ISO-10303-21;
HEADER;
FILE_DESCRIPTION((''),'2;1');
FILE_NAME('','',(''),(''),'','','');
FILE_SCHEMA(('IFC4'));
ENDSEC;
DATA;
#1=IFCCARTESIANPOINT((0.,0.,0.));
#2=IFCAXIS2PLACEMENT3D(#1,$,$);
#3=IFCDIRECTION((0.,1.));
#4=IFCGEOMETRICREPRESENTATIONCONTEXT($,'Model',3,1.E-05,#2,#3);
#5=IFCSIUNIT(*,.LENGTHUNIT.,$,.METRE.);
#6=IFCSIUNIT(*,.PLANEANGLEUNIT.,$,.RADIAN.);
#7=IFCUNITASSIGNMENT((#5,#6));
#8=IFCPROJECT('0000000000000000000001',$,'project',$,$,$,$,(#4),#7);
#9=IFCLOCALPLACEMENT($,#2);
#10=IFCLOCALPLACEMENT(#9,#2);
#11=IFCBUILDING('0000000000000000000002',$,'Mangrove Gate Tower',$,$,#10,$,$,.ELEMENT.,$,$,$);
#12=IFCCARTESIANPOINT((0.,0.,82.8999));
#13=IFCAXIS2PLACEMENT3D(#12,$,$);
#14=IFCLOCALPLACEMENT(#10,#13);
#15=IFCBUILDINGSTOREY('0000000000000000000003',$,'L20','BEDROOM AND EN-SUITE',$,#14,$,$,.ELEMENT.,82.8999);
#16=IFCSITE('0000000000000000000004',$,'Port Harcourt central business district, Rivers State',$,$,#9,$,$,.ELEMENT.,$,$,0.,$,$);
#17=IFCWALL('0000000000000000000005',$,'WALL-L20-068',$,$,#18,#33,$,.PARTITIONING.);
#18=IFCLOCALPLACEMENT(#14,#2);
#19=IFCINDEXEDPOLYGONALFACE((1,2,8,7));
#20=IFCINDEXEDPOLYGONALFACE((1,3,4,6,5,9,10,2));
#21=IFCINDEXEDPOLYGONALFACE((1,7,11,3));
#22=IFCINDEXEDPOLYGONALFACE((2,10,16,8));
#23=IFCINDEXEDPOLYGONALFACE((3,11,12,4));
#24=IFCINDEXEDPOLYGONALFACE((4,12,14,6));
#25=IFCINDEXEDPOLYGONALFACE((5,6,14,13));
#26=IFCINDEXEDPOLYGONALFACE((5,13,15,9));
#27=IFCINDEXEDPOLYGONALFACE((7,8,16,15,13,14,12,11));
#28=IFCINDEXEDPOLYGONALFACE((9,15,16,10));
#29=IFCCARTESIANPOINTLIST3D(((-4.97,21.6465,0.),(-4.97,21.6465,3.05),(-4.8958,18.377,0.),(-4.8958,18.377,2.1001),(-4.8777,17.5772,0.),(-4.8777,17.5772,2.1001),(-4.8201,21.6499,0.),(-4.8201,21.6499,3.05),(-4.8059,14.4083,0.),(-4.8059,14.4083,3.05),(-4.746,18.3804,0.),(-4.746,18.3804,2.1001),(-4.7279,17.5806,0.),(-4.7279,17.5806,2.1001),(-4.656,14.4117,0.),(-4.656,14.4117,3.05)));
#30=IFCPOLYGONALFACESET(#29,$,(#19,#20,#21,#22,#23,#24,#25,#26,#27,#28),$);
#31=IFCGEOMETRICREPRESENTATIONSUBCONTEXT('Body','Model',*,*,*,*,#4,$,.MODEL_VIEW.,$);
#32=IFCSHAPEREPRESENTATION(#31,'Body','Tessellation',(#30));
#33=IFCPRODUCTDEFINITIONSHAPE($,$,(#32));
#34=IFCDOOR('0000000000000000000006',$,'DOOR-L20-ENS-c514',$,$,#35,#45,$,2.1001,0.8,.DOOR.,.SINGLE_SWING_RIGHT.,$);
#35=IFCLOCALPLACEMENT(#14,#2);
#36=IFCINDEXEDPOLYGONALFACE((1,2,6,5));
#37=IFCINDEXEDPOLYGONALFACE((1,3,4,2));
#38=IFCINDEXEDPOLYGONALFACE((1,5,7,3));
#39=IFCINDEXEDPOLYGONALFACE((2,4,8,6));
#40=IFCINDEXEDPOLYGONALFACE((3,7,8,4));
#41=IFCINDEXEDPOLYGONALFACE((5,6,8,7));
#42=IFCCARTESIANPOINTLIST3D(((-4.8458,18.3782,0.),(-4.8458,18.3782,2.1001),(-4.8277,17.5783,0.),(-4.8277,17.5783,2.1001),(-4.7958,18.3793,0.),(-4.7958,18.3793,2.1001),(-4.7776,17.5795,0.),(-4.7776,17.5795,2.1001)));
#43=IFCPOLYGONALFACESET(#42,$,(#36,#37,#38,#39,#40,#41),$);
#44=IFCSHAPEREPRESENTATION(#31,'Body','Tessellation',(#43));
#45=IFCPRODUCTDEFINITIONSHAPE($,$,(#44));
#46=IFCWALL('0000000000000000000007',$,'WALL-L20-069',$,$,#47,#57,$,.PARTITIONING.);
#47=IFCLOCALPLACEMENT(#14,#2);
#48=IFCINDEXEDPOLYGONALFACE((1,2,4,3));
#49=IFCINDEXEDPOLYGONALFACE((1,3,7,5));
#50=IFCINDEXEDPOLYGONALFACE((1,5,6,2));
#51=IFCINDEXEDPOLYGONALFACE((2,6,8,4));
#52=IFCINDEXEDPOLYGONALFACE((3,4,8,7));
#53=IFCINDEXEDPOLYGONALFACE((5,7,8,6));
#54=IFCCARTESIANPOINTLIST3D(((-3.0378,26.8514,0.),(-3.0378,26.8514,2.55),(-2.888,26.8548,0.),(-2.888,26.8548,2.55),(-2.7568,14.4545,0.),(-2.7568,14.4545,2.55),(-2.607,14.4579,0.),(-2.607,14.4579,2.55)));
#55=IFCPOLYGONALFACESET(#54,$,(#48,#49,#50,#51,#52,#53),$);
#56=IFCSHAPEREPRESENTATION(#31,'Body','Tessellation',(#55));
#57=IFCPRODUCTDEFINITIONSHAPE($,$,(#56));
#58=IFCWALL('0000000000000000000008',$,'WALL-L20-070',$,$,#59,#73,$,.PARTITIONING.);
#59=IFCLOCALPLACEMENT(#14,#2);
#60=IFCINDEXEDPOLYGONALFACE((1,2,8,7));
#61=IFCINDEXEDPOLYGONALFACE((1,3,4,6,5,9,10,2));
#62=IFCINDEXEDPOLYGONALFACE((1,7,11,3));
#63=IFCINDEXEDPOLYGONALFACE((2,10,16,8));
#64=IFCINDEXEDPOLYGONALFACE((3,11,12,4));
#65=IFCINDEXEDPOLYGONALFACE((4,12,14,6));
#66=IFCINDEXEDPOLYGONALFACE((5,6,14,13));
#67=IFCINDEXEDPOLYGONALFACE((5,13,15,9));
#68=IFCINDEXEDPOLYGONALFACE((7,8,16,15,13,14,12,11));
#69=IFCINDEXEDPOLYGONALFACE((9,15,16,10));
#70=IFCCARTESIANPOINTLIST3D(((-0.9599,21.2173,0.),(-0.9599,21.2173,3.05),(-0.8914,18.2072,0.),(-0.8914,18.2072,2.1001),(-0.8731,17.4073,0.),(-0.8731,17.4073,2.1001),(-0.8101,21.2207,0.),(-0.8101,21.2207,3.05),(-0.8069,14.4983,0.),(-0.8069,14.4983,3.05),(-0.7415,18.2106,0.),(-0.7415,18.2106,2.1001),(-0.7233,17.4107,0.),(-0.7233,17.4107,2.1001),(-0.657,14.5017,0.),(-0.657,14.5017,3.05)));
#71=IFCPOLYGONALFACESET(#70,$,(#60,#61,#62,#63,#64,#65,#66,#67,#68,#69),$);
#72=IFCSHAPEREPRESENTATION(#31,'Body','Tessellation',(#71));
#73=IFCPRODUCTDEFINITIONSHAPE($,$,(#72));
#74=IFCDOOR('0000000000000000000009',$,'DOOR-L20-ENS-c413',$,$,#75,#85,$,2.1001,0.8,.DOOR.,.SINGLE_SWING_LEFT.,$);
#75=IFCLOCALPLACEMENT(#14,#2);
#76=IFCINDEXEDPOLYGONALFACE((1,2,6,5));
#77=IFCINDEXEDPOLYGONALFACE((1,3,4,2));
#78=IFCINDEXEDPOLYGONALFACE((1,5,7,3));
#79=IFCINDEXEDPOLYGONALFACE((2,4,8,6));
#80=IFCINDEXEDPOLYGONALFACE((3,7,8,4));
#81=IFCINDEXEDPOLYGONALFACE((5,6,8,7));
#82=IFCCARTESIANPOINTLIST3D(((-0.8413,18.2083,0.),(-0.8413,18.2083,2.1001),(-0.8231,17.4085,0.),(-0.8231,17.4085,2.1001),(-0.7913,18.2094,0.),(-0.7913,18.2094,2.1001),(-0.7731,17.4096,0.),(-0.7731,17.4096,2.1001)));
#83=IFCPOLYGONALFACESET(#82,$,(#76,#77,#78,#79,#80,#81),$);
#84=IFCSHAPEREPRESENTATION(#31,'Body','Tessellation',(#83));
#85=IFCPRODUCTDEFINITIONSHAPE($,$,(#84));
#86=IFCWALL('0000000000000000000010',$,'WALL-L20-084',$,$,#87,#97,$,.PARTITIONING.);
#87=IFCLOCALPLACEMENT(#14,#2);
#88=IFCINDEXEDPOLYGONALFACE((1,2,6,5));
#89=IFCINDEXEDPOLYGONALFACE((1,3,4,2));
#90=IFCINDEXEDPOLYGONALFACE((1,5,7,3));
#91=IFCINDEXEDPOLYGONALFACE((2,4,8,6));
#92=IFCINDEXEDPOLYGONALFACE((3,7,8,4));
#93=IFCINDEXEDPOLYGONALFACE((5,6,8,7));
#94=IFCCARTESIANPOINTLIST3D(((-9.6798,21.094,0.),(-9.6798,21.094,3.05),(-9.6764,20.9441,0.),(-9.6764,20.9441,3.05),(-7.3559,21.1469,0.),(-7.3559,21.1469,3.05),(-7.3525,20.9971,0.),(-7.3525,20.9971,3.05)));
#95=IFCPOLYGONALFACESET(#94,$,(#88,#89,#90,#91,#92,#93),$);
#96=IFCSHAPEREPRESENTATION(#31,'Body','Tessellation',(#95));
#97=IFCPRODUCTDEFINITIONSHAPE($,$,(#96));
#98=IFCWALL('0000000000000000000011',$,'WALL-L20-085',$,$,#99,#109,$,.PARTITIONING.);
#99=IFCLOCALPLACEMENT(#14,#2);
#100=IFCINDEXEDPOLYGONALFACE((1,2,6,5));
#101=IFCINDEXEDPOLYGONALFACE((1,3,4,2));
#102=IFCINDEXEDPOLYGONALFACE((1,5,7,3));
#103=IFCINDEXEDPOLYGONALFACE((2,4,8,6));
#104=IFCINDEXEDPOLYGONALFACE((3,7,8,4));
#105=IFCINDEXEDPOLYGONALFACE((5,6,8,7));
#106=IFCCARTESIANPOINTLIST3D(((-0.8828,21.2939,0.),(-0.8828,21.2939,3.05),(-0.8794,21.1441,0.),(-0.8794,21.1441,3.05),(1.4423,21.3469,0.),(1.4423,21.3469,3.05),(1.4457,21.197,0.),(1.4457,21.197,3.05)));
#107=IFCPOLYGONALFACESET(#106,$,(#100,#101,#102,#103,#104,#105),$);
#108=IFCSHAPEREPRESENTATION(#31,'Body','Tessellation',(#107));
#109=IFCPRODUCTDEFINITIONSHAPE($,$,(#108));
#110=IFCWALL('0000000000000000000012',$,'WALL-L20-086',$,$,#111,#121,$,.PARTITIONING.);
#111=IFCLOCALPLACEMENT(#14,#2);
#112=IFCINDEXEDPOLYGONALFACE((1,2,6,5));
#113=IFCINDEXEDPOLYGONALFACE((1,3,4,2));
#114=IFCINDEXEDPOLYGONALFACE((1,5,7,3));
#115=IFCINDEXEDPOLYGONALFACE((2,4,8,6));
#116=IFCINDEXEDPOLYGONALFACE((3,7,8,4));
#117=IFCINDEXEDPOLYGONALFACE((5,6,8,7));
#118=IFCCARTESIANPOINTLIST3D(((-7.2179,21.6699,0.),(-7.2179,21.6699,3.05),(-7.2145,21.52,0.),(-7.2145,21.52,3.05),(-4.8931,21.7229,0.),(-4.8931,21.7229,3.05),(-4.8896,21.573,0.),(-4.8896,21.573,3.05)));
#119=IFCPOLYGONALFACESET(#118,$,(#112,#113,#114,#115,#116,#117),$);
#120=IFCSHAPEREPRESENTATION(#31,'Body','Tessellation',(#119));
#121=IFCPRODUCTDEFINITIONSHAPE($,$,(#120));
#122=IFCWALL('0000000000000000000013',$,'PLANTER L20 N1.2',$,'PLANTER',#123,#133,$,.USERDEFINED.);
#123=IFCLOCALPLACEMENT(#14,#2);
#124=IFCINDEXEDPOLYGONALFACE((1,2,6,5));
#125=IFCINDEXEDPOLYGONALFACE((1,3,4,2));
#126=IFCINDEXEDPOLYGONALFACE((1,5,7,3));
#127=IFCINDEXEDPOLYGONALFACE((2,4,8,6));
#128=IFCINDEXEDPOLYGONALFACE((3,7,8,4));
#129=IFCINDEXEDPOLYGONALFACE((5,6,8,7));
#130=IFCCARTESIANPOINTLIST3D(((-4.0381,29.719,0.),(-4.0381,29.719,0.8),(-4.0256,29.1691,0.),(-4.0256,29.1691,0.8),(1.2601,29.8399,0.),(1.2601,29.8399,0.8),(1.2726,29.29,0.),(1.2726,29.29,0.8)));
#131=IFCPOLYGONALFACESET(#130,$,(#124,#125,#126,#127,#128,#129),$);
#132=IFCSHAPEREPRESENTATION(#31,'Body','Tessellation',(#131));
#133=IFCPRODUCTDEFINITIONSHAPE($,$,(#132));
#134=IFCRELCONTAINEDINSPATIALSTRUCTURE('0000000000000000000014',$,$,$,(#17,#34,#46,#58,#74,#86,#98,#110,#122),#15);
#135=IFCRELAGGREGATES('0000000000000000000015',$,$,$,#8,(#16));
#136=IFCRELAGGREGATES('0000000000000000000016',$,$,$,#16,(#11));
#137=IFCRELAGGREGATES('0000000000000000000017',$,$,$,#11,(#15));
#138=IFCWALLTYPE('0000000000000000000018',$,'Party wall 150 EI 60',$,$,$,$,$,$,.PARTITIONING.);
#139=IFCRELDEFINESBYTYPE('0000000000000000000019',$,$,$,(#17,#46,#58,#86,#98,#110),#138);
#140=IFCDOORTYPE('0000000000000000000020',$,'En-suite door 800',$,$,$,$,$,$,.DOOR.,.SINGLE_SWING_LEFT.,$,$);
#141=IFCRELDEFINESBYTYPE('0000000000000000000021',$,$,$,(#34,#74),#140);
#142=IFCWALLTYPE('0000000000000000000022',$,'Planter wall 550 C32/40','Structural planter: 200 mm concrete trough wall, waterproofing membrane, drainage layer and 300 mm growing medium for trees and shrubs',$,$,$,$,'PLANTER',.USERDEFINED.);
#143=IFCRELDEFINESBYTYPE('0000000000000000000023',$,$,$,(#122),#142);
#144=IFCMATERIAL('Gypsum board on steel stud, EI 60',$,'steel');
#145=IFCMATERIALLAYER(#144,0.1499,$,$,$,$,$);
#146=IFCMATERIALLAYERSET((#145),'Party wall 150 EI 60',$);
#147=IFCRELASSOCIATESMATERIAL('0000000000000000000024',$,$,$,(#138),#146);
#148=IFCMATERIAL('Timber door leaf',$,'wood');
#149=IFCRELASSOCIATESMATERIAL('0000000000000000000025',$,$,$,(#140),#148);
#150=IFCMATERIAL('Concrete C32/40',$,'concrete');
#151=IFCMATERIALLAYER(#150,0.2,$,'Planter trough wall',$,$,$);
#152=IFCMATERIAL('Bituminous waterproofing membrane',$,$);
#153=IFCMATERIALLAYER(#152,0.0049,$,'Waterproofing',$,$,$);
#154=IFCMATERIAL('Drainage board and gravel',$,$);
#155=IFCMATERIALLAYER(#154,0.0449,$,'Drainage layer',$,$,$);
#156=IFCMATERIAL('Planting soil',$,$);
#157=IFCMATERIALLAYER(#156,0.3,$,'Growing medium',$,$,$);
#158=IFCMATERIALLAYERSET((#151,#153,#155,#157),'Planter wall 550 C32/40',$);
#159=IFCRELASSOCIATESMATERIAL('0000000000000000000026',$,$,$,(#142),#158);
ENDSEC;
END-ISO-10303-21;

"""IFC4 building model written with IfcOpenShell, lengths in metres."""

from ifc_helpers import new_model, si_unit, direction, frame, frame_2d, origin, place, context, subcontext, project, spatial, rectangle, extrude, material, layer, layer_set, type_object, element, fill, save


model = new_model("IFC4")

# Units and contexts
model_context = context("Model", 3, precision=1e-05, world=origin(), true_north=direction((0.0, 1.0)))
body_context = subcontext(model_context, "Body", "Model", "MODEL_VIEW")
ifc_project = project(units=[si_unit("LENGTHUNIT", "METRE"), si_unit("PLANEANGLEUNIT", "RADIAN")], contexts=[model_context])

# Site, building, storey
site_placement = place(None, origin())
site = spatial("IfcSite", under=ifc_project, at=site_placement, Name="Port Harcourt central business district, Rivers State", CompositionType="ELEMENT", RefElevation=0.0)
building_placement = place(site_placement, origin())
building = spatial("IfcBuilding", under=site, at=building_placement, Name="Mangrove Gate Tower", CompositionType="ELEMENT")
storey_placement = place(building_placement, frame((0.0, 0.0, 82.8999)))
storey = spatial("IfcBuildingStorey", under=building, at=storey_placement, Name="L20", Description="BEDROOM AND EN-SUITE", CompositionType="ELEMENT", Elevation=82.8999)

# Shared definitions
ifc_material_1 = material(Name="Gypsum board on steel stud, EI 60", Category="steel")
ifc_layer_1 = layer(ifc_material_1, 0.1499)
ifc_layer_set_1 = layer_set([ifc_layer_1], Name="Party wall 150 EI 60")
wall_type_1 = type_object("IfcWallType", Name="Party wall 150 EI 60", PredefinedType="PARTITIONING", material=ifc_layer_set_1)

# Shared definitions
ifc_material_2 = material(Name="Timber door leaf", Category="wood")
door_type = type_object("IfcDoorType", Name="En-suite door 800", OperationType="SINGLE_SWING_LEFT", PredefinedType="DOOR", material=ifc_material_2)

# Wall, opening, door
wall_1_placement = place(storey_placement, frame((-4.731, 14.4099, 0.0), z_axis=(0.0, 0.0, 1.0), x_axis=(-0.022661, 0.999743, 0.0)))
wall_1 = element("IfcWall", 1, at=wall_1_placement, inside=storey, type_object=wall_type_1, Name="WALL-L20-068", PredefinedType="PARTITIONING", context=body_context, shape_type="SweptSolid", body=[
    extrude(rectangle(XDim=7.24, YDim=0.1499, at=frame_2d((3.6201, 0.0))), origin(), (0.0, 0.0, 1.0), 3.05),
])
opening_1_placement = place(wall_1_placement, frame((3.1699, 0.0, 0.0)))
opening_1 = element("IfcOpeningElement", 2, at=opening_1_placement, cuts=wall_1, PredefinedType="OPENING", context=body_context, shape_type="SweptSolid", body=[
    extrude(rectangle(XDim=0.8, YDim=2.1001, at=frame_2d((0.3999, 1.05))), frame((0.0, 0.085, 0.0), z_axis=(0.0, -1.0, 0.0), x_axis=(1.0, 0.0, 0.0)), (0.0, 0.0, 1.0), 0.1699),
])
door_1_placement = place(opening_1_placement, origin())
door_1 = element("IfcDoor", 3, at=door_1_placement, inside=storey, type_object=door_type, Name="DOOR-L20-ENS-c514", OperationType="SINGLE_SWING_RIGHT", OverallHeight=2.1001, OverallWidth=0.8, PredefinedType="DOOR", context=body_context, shape_type="SweptSolid", body=[
    extrude(rectangle(XDim=0.8, YDim=2.1001, at=frame_2d((0.3999, 1.05))), frame((0.0, 0.0249, 0.0), z_axis=(0.0, -1.0, 0.0), x_axis=(1.0, 0.0, 0.0)), (0.0, 0.0, 1.0), 0.05),
])
fill(opening_1, door_1)

# Wall
wall_2_placement = place(storey_placement, frame((-2.6819, 14.4561, 0.0), z_axis=(0.0, 0.0, 1.0), x_axis=(-0.022661, 0.999743, 0.0)))
element("IfcWall", 4, at=wall_2_placement, inside=storey, type_object=wall_type_1, Name="WALL-L20-069", PredefinedType="PARTITIONING", context=body_context, shape_type="SweptSolid", body=[
    extrude(rectangle(XDim=12.4001, YDim=0.1499, at=frame_2d((6.2002, 0.0))), origin(), (0.0, 0.0, 1.0), 2.55),
])

# Wall, opening, door
wall_3_placement = place(storey_placement, frame((-0.7319, 14.5, 0.0), z_axis=(0.0, 0.0, 1.0), x_axis=(-0.022777, 0.999741, 0.0)))
wall_3 = element("IfcWall", 5, at=wall_3_placement, inside=storey, type_object=wall_type_1, Name="WALL-L20-070", PredefinedType="PARTITIONING", context=body_context, shape_type="SweptSolid", body=[
    extrude(rectangle(XDim=6.7207, YDim=0.1499, at=frame_2d((3.3604, 0.0))), origin(), (0.0, 0.0, 1.0), 3.05),
])
opening_2_placement = place(wall_3_placement, frame((2.9099, 0.0, 0.0)))
opening_2 = element("IfcOpeningElement", 6, at=opening_2_placement, cuts=wall_3, PredefinedType="OPENING", context=body_context, shape_type="SweptSolid", body=[
    extrude(rectangle(XDim=0.8, YDim=2.1001, at=frame_2d((0.3999, 1.05))), frame((0.0, 0.085, 0.0), z_axis=(0.0, -1.0, 0.0), x_axis=(1.0, 0.0, 0.0)), (0.0, 0.0, 1.0), 0.1699),
])
door_2_placement = place(opening_2_placement, origin())
door_2 = element("IfcDoor", 7, at=door_2_placement, inside=storey, type_object=door_type, Name="DOOR-L20-ENS-c413", OperationType="SINGLE_SWING_LEFT", OverallHeight=2.1001, OverallWidth=0.8, PredefinedType="DOOR", context=body_context, shape_type="SweptSolid", body=[
    extrude(rectangle(XDim=0.8, YDim=2.1001, at=frame_2d((0.3999, 1.05))), frame((0.0, 0.0249, 0.0), z_axis=(0.0, -1.0, 0.0), x_axis=(1.0, 0.0, 0.0)), (0.0, 0.0, 1.0), 0.05),
])
fill(opening_2, door_2)

# Walls
wall_4_placement = place(storey_placement, frame((-9.678, 21.019, 0.0), z_axis=(0.0, 0.0, 1.0), x_axis=(0.99974, 0.022791, 0.0)))
element("IfcWall", 8, at=wall_4_placement, inside=storey, type_object=wall_type_1, Name="WALL-L20-084", PredefinedType="PARTITIONING", context=body_context, shape_type="SweptSolid", body=[
    extrude(rectangle(XDim=2.3245, YDim=0.1499, at=frame_2d((1.1621, 0.0))), origin(), (0.0, 0.0, 1.0), 3.05),
])
wall_5_placement = place(storey_placement, frame((-0.8811, 21.219, 0.0), z_axis=(0.0, 0.0, 1.0), x_axis=(0.999741, 0.022779, 0.0)))
element("IfcWall", 9, at=wall_5_placement, inside=storey, type_object=wall_type_1, Name="WALL-L20-085", PredefinedType="PARTITIONING", context=body_context, shape_type="SweptSolid", body=[
    extrude(rectangle(XDim=2.3257, YDim=0.1499, at=frame_2d((1.1628, 0.0))), origin(), (0.0, 0.0, 1.0), 3.05),
])
wall_6_placement = place(storey_placement, frame((-7.2161, 21.595, 0.0), z_axis=(0.0, 0.0, 1.0), x_axis=(0.99974, 0.022781, 0.0)))
element("IfcWall", 10, at=wall_6_placement, inside=storey, type_object=wall_type_1, Name="WALL-L20-086", PredefinedType="PARTITIONING", context=body_context, shape_type="SweptSolid", body=[
    extrude(rectangle(XDim=2.3254, YDim=0.1499, at=frame_2d((1.1626, 0.0))), origin(), (0.0, 0.0, 1.0), 3.05),
])
ifc_material_3 = material(Name="Concrete C32/40", Category="concrete")
ifc_layer_2 = layer(ifc_material_3, 0.2, Name="Planter trough wall")
ifc_material_4 = material(Name="Bituminous waterproofing membrane")
ifc_layer_3 = layer(ifc_material_4, 0.0049, Name="Waterproofing")
ifc_material_5 = material(Name="Drainage board and gravel")
ifc_layer_4 = layer(ifc_material_5, 0.0449, Name="Drainage layer")
ifc_material_6 = material(Name="Planting soil")
ifc_layer_5 = layer(ifc_material_6, 0.3, Name="Growing medium")
ifc_layer_set_2 = layer_set([ifc_layer_2, ifc_layer_3, ifc_layer_4, ifc_layer_5], Name="Planter wall 550 C32/40")
wall_type_2 = type_object("IfcWallType", Name="Planter wall 550 C32/40", Description="Structural planter: 200 mm concrete trough wall, waterproofing membrane, drainage layer and 300 mm growing medium for trees and shrubs", ElementType="PLANTER", PredefinedType="USERDEFINED", material=ifc_layer_set_2)
wall_7_placement = place(storey_placement, frame((-4.032, 29.4441, 0.0), z_axis=(0.0, 0.0, 1.0), x_axis=(0.99974, 0.022804, 0.0)))
element("IfcWall", 11, at=wall_7_placement, inside=storey, type_object=wall_type_2, Name="PLANTER L20 N1.2", ObjectType="PLANTER", PredefinedType="USERDEFINED", context=body_context, shape_type="SweptSolid", body=[
    extrude(rectangle(XDim=5.2996, YDim=0.55, at=frame_2d((2.6499, 0.0))), origin(), (0.0, 0.0, 1.0), 0.8),
])

save(model, "model.ifc")
